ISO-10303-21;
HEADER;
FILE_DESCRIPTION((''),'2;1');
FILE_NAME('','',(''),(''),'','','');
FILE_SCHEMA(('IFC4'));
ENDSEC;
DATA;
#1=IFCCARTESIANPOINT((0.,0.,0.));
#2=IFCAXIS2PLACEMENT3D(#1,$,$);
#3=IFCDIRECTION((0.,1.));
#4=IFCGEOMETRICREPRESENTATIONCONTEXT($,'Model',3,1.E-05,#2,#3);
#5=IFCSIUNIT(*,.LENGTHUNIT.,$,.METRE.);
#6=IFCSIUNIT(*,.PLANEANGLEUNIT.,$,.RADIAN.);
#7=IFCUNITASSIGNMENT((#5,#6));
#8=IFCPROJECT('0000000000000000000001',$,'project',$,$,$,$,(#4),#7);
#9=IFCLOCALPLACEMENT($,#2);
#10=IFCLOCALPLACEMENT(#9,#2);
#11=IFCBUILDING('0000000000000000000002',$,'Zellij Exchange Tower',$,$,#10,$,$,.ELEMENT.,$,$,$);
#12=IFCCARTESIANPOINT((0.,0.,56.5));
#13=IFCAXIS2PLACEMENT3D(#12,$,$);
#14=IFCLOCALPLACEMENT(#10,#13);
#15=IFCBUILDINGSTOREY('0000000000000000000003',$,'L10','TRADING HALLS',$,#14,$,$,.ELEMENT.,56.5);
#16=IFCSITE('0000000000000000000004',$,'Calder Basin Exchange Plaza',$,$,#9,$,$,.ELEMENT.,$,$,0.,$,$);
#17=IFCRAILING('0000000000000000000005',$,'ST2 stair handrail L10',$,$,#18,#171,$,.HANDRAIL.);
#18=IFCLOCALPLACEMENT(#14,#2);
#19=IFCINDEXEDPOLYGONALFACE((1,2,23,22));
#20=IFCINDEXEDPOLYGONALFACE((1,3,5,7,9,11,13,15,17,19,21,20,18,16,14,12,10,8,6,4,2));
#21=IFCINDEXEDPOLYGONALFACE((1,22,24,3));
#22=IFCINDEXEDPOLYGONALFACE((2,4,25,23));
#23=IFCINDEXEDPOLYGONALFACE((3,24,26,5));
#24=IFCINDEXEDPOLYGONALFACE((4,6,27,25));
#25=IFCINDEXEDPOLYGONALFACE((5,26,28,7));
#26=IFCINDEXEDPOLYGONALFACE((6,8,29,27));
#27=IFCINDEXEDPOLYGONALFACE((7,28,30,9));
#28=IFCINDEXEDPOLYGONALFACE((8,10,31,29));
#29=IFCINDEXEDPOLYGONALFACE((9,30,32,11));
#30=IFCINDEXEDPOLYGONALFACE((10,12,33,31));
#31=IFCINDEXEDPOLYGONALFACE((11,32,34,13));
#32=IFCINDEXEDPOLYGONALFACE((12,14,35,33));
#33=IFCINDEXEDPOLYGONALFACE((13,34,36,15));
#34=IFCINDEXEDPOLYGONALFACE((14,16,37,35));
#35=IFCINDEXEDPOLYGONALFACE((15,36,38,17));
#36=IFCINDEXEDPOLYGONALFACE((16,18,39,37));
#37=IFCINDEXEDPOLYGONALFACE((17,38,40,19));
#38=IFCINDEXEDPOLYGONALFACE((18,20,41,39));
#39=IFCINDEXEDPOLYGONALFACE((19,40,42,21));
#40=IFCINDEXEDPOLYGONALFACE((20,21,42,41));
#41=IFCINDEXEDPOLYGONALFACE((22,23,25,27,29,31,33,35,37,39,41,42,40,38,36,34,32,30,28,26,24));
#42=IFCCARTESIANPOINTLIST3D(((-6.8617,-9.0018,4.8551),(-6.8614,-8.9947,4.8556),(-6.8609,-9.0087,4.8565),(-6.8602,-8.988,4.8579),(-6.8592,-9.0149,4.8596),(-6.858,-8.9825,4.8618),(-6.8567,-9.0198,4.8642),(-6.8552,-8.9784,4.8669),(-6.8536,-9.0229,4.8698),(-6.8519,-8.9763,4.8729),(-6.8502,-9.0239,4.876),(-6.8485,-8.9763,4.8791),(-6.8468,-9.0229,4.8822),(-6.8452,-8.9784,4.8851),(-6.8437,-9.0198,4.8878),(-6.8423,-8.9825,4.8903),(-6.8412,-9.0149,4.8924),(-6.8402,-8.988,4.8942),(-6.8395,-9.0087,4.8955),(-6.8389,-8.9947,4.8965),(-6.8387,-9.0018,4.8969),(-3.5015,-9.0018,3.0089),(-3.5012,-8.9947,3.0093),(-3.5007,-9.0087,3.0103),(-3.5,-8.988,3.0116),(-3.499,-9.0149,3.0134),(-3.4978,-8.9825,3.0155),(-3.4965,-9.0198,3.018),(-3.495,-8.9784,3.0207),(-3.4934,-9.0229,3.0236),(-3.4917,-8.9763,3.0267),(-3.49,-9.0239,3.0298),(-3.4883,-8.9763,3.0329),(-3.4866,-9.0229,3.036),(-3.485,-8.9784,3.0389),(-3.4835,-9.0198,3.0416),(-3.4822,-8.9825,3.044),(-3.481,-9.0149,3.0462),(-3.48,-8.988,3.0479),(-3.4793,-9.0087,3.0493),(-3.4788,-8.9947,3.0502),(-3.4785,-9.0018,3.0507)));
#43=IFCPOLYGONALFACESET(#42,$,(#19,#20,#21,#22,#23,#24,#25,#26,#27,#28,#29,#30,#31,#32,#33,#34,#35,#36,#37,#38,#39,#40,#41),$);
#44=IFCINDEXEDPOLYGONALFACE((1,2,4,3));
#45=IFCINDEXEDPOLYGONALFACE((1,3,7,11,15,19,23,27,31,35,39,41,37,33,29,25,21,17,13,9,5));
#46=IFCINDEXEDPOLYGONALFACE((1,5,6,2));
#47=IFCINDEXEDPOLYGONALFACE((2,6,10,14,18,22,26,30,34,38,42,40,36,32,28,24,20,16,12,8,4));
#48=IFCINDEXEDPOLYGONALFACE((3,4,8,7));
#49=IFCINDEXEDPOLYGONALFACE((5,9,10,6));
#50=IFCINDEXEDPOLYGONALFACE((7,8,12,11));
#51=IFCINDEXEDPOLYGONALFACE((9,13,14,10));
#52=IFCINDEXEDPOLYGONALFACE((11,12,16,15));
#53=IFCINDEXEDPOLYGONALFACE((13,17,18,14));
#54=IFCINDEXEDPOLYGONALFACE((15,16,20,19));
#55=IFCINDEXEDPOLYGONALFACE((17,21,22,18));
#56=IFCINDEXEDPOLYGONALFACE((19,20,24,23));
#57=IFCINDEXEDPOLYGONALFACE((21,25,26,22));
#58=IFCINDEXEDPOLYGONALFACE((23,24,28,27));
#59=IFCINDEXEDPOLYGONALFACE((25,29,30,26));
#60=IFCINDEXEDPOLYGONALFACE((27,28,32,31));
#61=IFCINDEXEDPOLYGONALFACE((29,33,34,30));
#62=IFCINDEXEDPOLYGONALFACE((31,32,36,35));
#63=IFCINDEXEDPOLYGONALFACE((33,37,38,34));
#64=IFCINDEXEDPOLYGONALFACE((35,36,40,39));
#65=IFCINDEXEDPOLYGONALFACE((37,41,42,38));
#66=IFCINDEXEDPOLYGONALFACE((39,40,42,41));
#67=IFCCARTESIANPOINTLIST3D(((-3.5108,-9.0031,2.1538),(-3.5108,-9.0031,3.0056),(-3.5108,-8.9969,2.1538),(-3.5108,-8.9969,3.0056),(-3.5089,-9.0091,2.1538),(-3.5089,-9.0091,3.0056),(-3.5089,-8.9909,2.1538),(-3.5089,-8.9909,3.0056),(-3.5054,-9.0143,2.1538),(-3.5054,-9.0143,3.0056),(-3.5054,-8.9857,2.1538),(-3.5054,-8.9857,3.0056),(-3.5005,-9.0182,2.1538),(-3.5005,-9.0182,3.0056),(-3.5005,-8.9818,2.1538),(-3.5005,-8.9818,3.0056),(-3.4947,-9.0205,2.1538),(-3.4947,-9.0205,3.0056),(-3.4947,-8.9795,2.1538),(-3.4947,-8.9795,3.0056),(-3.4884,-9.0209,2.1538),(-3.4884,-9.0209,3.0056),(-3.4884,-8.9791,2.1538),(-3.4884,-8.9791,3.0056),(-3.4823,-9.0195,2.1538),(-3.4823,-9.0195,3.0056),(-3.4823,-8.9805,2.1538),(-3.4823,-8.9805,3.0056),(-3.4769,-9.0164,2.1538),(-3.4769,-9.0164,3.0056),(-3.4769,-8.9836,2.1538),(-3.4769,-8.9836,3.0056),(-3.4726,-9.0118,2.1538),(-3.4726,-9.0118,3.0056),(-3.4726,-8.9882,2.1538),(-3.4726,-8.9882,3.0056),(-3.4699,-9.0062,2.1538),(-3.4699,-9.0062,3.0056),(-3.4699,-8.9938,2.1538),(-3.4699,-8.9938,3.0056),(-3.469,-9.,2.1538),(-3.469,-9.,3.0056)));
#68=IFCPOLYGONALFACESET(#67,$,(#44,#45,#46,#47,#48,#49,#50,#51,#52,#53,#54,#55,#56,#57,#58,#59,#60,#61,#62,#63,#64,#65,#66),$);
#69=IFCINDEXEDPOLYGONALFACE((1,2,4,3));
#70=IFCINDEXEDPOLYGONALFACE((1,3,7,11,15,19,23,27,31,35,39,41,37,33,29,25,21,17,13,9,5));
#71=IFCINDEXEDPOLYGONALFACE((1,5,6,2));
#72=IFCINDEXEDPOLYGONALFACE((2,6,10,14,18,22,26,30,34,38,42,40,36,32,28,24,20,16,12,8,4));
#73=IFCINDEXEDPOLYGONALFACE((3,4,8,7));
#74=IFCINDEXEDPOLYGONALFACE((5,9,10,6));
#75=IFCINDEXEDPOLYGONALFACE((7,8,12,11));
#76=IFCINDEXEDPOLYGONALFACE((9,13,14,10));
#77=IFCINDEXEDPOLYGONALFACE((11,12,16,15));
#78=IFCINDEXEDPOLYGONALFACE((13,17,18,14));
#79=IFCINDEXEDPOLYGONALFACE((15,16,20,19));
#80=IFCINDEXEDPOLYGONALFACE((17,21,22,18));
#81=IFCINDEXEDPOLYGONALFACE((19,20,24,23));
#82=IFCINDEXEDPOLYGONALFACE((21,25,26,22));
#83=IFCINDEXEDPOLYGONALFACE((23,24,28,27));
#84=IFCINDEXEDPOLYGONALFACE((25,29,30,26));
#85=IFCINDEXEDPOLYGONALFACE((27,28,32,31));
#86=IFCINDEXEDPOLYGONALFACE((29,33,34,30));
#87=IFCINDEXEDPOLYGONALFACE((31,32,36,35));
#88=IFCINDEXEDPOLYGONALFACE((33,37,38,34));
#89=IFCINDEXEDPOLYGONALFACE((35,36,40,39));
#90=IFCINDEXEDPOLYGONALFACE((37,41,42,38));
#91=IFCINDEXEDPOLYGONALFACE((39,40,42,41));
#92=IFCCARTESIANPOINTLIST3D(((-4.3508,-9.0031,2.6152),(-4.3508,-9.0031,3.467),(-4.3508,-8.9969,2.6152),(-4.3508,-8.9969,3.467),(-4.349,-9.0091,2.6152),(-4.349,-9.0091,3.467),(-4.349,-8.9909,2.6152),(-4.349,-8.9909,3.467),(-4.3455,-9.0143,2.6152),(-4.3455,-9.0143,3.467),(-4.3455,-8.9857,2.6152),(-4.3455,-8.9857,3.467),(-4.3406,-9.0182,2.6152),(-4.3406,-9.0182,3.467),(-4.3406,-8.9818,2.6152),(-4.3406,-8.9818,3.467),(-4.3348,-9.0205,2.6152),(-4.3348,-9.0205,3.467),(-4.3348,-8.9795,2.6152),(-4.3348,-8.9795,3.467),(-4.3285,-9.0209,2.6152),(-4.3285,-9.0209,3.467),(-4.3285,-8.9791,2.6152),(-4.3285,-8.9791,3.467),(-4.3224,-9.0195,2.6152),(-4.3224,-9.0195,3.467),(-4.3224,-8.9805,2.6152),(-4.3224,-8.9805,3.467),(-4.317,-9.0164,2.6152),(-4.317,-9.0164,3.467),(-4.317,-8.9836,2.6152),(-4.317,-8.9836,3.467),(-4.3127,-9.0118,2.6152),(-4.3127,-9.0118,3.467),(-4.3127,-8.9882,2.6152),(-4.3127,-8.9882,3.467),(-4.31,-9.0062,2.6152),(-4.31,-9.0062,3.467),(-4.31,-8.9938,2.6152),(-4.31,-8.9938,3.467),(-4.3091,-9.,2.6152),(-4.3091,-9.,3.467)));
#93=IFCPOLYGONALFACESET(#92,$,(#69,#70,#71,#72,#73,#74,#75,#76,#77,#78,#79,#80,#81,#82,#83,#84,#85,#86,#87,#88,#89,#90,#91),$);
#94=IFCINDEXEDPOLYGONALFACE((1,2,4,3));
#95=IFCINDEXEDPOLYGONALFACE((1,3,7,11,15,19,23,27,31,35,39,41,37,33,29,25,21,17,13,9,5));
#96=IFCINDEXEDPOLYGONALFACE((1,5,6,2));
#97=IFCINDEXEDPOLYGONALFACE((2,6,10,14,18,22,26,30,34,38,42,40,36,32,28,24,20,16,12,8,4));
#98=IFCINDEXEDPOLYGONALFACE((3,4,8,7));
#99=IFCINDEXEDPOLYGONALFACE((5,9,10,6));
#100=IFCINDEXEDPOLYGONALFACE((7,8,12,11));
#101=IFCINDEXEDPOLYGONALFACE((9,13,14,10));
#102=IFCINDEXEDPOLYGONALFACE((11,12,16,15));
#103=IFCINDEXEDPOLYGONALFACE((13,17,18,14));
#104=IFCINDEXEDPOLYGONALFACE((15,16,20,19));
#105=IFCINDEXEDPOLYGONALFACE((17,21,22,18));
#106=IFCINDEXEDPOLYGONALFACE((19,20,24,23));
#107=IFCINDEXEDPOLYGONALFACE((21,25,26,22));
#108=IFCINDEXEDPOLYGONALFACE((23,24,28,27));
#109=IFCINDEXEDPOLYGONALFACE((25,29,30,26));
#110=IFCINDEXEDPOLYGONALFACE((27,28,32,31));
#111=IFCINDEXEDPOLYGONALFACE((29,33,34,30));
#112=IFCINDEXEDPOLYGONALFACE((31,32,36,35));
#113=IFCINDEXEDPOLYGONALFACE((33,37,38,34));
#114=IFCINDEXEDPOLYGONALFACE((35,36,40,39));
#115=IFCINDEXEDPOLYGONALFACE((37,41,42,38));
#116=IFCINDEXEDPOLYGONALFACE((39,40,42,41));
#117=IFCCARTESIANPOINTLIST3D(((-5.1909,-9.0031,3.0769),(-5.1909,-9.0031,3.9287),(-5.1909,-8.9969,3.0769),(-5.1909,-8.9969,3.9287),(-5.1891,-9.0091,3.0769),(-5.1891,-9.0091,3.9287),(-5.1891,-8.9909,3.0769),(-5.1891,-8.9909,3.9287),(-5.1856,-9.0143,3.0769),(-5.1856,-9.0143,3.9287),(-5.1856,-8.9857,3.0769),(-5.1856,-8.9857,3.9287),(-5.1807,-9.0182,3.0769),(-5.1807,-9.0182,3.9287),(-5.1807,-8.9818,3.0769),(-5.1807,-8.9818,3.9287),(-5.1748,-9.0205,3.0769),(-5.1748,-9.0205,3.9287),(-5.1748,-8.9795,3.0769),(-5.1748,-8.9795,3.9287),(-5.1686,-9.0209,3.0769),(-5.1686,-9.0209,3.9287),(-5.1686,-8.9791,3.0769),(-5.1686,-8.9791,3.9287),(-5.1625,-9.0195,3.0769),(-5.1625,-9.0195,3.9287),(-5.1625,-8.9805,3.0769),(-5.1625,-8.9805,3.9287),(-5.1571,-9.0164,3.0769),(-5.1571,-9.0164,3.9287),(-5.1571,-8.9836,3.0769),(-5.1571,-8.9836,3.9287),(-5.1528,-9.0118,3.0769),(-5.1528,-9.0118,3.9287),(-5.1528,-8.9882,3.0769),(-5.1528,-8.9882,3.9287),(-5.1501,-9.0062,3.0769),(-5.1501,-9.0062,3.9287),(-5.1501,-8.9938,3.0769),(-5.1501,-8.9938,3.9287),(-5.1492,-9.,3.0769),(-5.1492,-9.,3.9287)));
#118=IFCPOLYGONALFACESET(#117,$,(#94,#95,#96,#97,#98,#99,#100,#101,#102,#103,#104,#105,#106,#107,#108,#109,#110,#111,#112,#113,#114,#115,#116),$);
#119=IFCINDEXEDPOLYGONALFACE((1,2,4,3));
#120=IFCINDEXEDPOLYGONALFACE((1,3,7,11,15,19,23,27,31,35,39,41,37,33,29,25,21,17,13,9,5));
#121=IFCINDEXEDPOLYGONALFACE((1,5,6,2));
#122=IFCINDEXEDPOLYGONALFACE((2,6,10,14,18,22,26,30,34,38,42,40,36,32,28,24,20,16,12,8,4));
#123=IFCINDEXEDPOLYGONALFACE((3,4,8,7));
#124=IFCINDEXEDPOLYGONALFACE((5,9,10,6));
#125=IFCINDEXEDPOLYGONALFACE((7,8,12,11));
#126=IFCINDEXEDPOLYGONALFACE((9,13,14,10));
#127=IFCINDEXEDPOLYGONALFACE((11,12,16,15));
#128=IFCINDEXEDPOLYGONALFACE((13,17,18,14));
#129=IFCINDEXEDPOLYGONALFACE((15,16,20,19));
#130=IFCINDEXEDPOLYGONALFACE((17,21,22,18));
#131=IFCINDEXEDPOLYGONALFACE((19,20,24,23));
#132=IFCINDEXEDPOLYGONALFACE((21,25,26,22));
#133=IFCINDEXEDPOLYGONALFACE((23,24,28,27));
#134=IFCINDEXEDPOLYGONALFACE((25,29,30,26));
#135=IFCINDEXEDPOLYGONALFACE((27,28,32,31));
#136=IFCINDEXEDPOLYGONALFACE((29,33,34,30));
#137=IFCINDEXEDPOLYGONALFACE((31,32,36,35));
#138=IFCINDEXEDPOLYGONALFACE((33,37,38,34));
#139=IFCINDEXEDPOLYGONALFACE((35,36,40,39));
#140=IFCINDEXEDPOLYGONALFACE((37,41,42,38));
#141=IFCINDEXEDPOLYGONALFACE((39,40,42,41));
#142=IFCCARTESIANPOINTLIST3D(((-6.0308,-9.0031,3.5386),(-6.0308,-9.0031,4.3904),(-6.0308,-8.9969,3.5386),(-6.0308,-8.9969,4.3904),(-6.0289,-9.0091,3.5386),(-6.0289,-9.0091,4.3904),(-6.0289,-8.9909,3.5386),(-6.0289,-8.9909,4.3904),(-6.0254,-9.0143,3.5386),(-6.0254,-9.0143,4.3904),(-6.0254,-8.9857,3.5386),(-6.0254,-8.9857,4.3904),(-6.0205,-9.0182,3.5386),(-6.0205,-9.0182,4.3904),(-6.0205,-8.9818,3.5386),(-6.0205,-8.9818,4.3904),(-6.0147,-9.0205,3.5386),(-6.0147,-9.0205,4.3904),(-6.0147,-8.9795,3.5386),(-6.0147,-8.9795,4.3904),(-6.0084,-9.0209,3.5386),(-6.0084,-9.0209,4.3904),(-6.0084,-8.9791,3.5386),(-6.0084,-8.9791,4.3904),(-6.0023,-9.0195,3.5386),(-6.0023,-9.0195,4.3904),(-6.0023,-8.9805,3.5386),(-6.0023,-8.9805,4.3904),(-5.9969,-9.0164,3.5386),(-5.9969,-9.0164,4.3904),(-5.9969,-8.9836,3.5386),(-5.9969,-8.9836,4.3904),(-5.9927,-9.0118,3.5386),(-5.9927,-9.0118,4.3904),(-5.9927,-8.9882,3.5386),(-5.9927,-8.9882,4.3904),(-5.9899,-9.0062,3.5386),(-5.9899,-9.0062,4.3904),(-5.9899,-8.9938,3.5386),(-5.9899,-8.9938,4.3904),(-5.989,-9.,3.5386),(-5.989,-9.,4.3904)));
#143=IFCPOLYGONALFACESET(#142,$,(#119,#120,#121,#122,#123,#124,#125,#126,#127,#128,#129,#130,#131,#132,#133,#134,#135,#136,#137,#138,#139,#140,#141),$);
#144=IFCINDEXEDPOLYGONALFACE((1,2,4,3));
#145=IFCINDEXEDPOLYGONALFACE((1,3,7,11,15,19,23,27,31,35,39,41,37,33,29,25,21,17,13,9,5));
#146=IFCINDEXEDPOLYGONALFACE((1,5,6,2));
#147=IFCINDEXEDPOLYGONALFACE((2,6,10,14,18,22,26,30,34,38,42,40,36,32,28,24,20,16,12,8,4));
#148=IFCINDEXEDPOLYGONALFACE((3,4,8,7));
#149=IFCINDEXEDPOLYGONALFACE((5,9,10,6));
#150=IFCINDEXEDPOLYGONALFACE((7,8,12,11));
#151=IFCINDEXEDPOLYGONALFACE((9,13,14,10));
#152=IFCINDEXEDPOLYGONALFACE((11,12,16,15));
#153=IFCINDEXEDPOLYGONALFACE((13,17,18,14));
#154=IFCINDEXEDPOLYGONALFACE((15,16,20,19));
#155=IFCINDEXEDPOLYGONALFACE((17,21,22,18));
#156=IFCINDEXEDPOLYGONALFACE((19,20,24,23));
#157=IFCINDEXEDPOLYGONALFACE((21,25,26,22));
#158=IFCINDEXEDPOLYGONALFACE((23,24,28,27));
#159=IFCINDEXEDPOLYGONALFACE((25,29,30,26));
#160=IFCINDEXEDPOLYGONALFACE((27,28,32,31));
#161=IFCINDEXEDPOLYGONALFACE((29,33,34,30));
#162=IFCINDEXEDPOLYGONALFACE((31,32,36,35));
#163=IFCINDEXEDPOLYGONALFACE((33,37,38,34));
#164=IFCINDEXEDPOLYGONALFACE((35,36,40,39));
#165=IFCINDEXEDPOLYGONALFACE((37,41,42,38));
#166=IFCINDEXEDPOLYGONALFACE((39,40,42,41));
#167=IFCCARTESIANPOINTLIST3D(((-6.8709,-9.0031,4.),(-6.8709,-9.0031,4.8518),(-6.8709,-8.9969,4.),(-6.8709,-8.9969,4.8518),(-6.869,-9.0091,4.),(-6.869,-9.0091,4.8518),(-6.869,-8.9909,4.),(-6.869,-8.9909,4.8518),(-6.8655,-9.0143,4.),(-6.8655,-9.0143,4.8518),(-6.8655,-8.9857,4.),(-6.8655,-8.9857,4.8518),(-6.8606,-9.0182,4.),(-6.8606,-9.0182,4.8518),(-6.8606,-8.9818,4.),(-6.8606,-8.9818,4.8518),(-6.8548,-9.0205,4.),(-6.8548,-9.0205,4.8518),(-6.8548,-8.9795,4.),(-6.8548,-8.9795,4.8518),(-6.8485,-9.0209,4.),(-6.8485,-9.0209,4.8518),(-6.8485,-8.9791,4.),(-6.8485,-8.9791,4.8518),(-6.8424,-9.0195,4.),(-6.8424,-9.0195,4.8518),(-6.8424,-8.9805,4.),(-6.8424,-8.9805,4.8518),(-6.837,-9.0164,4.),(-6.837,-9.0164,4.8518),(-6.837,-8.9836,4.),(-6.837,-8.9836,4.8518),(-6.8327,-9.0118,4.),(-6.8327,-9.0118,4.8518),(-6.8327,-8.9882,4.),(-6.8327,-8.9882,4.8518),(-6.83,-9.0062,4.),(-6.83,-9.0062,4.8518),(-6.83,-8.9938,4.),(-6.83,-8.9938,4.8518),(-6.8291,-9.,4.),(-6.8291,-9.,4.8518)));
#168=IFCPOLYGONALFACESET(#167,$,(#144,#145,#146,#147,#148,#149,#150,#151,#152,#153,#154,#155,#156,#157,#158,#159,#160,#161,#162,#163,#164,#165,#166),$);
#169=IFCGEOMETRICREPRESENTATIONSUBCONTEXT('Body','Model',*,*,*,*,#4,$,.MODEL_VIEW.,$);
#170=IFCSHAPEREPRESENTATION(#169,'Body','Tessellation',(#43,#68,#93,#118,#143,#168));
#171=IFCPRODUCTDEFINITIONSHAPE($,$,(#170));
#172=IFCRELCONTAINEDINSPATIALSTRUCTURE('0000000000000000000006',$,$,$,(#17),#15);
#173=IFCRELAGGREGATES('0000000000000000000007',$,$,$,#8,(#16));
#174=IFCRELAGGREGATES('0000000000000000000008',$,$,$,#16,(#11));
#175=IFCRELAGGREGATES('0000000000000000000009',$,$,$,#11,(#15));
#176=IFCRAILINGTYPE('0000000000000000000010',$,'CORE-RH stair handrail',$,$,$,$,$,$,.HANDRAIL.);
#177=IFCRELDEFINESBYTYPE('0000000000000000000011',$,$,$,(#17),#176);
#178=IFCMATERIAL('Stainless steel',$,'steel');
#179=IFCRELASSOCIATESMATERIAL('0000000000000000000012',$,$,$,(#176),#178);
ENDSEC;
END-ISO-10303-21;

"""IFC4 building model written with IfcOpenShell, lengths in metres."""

from ifc_helpers import new_model, si_unit, direction, frame, origin, origin_2d, place, context, subcontext, project, spatial, circle, extrude, material, type_object, element, save


model = new_model("IFC4")

# Units and contexts
model_context = context("Model", 3, precision=1e-05, world=origin(), true_north=direction((0.0, 1.0)))
body_context = subcontext(model_context, "Body", "Model", "MODEL_VIEW")
ifc_project = project(units=[si_unit("LENGTHUNIT", "METRE"), si_unit("PLANEANGLEUNIT", "RADIAN")], contexts=[model_context])

# Site, building, storey
site_placement = place(None, origin())
site = spatial("IfcSite", under=ifc_project, at=site_placement, Name="Calder Basin Exchange Plaza", CompositionType="ELEMENT", RefElevation=0.0)
building_placement = place(site_placement, origin())
building = spatial("IfcBuilding", under=site, at=building_placement, Name="Zellij Exchange Tower", CompositionType="ELEMENT")
storey_placement = place(building_placement, frame((0.0, 0.0, 56.5)))
storey = spatial("IfcBuildingStorey", under=building, at=storey_placement, Name="L10", Description="TRADING HALLS", CompositionType="ELEMENT", Elevation=56.5)

# Railing
ifc_material_1 = material(Name="Stainless steel", Category="steel")
railing_type_1 = type_object("IfcRailingType", Name="CORE-RH stair handrail", PredefinedType="HANDRAIL", material=ifc_material_1)
railing_1_placement = place(storey_placement, frame((-3.49, -9.0, 2.1538)))
element("IfcRailing", 1, at=railing_1_placement, inside=storey, type_object=railing_type_1, Name="ST2 stair handrail L10", PredefinedType="HANDRAIL", context=body_context, shape_type="SweptSolid", body=[
    extrude(circle(Radius=0.0239, at=origin_2d()), frame((0.0, 0.0, 0.876), z_axis=(-0.876422, 0.0, 0.481545), x_axis=(0.0, -1.0, 0.0)), (0.0, 0.0, 1.0), 3.834),
    extrude(circle(Radius=0.021, at=origin_2d()), origin(), (0.0, 0.0, 1.0), 0.8518),
    extrude(circle(Radius=0.021, at=origin_2d()), frame((-0.8401, 0.0, 0.4614)), (0.0, 0.0, 1.0), 0.8518),
    extrude(circle(Radius=0.021, at=origin_2d()), frame((-1.6802, 0.0, 0.9231)), (0.0, 0.0, 1.0), 0.8518),
    extrude(circle(Radius=0.021, at=origin_2d()), frame((-2.52, 0.0, 1.3848)), (0.0, 0.0, 1.0), 0.8518),
    extrude(circle(Radius=0.021, at=origin_2d()), frame((-3.3601, 0.0, 1.8462)), (0.0, 0.0, 1.0), 0.8518),
])

save(model, "model.ifc")
